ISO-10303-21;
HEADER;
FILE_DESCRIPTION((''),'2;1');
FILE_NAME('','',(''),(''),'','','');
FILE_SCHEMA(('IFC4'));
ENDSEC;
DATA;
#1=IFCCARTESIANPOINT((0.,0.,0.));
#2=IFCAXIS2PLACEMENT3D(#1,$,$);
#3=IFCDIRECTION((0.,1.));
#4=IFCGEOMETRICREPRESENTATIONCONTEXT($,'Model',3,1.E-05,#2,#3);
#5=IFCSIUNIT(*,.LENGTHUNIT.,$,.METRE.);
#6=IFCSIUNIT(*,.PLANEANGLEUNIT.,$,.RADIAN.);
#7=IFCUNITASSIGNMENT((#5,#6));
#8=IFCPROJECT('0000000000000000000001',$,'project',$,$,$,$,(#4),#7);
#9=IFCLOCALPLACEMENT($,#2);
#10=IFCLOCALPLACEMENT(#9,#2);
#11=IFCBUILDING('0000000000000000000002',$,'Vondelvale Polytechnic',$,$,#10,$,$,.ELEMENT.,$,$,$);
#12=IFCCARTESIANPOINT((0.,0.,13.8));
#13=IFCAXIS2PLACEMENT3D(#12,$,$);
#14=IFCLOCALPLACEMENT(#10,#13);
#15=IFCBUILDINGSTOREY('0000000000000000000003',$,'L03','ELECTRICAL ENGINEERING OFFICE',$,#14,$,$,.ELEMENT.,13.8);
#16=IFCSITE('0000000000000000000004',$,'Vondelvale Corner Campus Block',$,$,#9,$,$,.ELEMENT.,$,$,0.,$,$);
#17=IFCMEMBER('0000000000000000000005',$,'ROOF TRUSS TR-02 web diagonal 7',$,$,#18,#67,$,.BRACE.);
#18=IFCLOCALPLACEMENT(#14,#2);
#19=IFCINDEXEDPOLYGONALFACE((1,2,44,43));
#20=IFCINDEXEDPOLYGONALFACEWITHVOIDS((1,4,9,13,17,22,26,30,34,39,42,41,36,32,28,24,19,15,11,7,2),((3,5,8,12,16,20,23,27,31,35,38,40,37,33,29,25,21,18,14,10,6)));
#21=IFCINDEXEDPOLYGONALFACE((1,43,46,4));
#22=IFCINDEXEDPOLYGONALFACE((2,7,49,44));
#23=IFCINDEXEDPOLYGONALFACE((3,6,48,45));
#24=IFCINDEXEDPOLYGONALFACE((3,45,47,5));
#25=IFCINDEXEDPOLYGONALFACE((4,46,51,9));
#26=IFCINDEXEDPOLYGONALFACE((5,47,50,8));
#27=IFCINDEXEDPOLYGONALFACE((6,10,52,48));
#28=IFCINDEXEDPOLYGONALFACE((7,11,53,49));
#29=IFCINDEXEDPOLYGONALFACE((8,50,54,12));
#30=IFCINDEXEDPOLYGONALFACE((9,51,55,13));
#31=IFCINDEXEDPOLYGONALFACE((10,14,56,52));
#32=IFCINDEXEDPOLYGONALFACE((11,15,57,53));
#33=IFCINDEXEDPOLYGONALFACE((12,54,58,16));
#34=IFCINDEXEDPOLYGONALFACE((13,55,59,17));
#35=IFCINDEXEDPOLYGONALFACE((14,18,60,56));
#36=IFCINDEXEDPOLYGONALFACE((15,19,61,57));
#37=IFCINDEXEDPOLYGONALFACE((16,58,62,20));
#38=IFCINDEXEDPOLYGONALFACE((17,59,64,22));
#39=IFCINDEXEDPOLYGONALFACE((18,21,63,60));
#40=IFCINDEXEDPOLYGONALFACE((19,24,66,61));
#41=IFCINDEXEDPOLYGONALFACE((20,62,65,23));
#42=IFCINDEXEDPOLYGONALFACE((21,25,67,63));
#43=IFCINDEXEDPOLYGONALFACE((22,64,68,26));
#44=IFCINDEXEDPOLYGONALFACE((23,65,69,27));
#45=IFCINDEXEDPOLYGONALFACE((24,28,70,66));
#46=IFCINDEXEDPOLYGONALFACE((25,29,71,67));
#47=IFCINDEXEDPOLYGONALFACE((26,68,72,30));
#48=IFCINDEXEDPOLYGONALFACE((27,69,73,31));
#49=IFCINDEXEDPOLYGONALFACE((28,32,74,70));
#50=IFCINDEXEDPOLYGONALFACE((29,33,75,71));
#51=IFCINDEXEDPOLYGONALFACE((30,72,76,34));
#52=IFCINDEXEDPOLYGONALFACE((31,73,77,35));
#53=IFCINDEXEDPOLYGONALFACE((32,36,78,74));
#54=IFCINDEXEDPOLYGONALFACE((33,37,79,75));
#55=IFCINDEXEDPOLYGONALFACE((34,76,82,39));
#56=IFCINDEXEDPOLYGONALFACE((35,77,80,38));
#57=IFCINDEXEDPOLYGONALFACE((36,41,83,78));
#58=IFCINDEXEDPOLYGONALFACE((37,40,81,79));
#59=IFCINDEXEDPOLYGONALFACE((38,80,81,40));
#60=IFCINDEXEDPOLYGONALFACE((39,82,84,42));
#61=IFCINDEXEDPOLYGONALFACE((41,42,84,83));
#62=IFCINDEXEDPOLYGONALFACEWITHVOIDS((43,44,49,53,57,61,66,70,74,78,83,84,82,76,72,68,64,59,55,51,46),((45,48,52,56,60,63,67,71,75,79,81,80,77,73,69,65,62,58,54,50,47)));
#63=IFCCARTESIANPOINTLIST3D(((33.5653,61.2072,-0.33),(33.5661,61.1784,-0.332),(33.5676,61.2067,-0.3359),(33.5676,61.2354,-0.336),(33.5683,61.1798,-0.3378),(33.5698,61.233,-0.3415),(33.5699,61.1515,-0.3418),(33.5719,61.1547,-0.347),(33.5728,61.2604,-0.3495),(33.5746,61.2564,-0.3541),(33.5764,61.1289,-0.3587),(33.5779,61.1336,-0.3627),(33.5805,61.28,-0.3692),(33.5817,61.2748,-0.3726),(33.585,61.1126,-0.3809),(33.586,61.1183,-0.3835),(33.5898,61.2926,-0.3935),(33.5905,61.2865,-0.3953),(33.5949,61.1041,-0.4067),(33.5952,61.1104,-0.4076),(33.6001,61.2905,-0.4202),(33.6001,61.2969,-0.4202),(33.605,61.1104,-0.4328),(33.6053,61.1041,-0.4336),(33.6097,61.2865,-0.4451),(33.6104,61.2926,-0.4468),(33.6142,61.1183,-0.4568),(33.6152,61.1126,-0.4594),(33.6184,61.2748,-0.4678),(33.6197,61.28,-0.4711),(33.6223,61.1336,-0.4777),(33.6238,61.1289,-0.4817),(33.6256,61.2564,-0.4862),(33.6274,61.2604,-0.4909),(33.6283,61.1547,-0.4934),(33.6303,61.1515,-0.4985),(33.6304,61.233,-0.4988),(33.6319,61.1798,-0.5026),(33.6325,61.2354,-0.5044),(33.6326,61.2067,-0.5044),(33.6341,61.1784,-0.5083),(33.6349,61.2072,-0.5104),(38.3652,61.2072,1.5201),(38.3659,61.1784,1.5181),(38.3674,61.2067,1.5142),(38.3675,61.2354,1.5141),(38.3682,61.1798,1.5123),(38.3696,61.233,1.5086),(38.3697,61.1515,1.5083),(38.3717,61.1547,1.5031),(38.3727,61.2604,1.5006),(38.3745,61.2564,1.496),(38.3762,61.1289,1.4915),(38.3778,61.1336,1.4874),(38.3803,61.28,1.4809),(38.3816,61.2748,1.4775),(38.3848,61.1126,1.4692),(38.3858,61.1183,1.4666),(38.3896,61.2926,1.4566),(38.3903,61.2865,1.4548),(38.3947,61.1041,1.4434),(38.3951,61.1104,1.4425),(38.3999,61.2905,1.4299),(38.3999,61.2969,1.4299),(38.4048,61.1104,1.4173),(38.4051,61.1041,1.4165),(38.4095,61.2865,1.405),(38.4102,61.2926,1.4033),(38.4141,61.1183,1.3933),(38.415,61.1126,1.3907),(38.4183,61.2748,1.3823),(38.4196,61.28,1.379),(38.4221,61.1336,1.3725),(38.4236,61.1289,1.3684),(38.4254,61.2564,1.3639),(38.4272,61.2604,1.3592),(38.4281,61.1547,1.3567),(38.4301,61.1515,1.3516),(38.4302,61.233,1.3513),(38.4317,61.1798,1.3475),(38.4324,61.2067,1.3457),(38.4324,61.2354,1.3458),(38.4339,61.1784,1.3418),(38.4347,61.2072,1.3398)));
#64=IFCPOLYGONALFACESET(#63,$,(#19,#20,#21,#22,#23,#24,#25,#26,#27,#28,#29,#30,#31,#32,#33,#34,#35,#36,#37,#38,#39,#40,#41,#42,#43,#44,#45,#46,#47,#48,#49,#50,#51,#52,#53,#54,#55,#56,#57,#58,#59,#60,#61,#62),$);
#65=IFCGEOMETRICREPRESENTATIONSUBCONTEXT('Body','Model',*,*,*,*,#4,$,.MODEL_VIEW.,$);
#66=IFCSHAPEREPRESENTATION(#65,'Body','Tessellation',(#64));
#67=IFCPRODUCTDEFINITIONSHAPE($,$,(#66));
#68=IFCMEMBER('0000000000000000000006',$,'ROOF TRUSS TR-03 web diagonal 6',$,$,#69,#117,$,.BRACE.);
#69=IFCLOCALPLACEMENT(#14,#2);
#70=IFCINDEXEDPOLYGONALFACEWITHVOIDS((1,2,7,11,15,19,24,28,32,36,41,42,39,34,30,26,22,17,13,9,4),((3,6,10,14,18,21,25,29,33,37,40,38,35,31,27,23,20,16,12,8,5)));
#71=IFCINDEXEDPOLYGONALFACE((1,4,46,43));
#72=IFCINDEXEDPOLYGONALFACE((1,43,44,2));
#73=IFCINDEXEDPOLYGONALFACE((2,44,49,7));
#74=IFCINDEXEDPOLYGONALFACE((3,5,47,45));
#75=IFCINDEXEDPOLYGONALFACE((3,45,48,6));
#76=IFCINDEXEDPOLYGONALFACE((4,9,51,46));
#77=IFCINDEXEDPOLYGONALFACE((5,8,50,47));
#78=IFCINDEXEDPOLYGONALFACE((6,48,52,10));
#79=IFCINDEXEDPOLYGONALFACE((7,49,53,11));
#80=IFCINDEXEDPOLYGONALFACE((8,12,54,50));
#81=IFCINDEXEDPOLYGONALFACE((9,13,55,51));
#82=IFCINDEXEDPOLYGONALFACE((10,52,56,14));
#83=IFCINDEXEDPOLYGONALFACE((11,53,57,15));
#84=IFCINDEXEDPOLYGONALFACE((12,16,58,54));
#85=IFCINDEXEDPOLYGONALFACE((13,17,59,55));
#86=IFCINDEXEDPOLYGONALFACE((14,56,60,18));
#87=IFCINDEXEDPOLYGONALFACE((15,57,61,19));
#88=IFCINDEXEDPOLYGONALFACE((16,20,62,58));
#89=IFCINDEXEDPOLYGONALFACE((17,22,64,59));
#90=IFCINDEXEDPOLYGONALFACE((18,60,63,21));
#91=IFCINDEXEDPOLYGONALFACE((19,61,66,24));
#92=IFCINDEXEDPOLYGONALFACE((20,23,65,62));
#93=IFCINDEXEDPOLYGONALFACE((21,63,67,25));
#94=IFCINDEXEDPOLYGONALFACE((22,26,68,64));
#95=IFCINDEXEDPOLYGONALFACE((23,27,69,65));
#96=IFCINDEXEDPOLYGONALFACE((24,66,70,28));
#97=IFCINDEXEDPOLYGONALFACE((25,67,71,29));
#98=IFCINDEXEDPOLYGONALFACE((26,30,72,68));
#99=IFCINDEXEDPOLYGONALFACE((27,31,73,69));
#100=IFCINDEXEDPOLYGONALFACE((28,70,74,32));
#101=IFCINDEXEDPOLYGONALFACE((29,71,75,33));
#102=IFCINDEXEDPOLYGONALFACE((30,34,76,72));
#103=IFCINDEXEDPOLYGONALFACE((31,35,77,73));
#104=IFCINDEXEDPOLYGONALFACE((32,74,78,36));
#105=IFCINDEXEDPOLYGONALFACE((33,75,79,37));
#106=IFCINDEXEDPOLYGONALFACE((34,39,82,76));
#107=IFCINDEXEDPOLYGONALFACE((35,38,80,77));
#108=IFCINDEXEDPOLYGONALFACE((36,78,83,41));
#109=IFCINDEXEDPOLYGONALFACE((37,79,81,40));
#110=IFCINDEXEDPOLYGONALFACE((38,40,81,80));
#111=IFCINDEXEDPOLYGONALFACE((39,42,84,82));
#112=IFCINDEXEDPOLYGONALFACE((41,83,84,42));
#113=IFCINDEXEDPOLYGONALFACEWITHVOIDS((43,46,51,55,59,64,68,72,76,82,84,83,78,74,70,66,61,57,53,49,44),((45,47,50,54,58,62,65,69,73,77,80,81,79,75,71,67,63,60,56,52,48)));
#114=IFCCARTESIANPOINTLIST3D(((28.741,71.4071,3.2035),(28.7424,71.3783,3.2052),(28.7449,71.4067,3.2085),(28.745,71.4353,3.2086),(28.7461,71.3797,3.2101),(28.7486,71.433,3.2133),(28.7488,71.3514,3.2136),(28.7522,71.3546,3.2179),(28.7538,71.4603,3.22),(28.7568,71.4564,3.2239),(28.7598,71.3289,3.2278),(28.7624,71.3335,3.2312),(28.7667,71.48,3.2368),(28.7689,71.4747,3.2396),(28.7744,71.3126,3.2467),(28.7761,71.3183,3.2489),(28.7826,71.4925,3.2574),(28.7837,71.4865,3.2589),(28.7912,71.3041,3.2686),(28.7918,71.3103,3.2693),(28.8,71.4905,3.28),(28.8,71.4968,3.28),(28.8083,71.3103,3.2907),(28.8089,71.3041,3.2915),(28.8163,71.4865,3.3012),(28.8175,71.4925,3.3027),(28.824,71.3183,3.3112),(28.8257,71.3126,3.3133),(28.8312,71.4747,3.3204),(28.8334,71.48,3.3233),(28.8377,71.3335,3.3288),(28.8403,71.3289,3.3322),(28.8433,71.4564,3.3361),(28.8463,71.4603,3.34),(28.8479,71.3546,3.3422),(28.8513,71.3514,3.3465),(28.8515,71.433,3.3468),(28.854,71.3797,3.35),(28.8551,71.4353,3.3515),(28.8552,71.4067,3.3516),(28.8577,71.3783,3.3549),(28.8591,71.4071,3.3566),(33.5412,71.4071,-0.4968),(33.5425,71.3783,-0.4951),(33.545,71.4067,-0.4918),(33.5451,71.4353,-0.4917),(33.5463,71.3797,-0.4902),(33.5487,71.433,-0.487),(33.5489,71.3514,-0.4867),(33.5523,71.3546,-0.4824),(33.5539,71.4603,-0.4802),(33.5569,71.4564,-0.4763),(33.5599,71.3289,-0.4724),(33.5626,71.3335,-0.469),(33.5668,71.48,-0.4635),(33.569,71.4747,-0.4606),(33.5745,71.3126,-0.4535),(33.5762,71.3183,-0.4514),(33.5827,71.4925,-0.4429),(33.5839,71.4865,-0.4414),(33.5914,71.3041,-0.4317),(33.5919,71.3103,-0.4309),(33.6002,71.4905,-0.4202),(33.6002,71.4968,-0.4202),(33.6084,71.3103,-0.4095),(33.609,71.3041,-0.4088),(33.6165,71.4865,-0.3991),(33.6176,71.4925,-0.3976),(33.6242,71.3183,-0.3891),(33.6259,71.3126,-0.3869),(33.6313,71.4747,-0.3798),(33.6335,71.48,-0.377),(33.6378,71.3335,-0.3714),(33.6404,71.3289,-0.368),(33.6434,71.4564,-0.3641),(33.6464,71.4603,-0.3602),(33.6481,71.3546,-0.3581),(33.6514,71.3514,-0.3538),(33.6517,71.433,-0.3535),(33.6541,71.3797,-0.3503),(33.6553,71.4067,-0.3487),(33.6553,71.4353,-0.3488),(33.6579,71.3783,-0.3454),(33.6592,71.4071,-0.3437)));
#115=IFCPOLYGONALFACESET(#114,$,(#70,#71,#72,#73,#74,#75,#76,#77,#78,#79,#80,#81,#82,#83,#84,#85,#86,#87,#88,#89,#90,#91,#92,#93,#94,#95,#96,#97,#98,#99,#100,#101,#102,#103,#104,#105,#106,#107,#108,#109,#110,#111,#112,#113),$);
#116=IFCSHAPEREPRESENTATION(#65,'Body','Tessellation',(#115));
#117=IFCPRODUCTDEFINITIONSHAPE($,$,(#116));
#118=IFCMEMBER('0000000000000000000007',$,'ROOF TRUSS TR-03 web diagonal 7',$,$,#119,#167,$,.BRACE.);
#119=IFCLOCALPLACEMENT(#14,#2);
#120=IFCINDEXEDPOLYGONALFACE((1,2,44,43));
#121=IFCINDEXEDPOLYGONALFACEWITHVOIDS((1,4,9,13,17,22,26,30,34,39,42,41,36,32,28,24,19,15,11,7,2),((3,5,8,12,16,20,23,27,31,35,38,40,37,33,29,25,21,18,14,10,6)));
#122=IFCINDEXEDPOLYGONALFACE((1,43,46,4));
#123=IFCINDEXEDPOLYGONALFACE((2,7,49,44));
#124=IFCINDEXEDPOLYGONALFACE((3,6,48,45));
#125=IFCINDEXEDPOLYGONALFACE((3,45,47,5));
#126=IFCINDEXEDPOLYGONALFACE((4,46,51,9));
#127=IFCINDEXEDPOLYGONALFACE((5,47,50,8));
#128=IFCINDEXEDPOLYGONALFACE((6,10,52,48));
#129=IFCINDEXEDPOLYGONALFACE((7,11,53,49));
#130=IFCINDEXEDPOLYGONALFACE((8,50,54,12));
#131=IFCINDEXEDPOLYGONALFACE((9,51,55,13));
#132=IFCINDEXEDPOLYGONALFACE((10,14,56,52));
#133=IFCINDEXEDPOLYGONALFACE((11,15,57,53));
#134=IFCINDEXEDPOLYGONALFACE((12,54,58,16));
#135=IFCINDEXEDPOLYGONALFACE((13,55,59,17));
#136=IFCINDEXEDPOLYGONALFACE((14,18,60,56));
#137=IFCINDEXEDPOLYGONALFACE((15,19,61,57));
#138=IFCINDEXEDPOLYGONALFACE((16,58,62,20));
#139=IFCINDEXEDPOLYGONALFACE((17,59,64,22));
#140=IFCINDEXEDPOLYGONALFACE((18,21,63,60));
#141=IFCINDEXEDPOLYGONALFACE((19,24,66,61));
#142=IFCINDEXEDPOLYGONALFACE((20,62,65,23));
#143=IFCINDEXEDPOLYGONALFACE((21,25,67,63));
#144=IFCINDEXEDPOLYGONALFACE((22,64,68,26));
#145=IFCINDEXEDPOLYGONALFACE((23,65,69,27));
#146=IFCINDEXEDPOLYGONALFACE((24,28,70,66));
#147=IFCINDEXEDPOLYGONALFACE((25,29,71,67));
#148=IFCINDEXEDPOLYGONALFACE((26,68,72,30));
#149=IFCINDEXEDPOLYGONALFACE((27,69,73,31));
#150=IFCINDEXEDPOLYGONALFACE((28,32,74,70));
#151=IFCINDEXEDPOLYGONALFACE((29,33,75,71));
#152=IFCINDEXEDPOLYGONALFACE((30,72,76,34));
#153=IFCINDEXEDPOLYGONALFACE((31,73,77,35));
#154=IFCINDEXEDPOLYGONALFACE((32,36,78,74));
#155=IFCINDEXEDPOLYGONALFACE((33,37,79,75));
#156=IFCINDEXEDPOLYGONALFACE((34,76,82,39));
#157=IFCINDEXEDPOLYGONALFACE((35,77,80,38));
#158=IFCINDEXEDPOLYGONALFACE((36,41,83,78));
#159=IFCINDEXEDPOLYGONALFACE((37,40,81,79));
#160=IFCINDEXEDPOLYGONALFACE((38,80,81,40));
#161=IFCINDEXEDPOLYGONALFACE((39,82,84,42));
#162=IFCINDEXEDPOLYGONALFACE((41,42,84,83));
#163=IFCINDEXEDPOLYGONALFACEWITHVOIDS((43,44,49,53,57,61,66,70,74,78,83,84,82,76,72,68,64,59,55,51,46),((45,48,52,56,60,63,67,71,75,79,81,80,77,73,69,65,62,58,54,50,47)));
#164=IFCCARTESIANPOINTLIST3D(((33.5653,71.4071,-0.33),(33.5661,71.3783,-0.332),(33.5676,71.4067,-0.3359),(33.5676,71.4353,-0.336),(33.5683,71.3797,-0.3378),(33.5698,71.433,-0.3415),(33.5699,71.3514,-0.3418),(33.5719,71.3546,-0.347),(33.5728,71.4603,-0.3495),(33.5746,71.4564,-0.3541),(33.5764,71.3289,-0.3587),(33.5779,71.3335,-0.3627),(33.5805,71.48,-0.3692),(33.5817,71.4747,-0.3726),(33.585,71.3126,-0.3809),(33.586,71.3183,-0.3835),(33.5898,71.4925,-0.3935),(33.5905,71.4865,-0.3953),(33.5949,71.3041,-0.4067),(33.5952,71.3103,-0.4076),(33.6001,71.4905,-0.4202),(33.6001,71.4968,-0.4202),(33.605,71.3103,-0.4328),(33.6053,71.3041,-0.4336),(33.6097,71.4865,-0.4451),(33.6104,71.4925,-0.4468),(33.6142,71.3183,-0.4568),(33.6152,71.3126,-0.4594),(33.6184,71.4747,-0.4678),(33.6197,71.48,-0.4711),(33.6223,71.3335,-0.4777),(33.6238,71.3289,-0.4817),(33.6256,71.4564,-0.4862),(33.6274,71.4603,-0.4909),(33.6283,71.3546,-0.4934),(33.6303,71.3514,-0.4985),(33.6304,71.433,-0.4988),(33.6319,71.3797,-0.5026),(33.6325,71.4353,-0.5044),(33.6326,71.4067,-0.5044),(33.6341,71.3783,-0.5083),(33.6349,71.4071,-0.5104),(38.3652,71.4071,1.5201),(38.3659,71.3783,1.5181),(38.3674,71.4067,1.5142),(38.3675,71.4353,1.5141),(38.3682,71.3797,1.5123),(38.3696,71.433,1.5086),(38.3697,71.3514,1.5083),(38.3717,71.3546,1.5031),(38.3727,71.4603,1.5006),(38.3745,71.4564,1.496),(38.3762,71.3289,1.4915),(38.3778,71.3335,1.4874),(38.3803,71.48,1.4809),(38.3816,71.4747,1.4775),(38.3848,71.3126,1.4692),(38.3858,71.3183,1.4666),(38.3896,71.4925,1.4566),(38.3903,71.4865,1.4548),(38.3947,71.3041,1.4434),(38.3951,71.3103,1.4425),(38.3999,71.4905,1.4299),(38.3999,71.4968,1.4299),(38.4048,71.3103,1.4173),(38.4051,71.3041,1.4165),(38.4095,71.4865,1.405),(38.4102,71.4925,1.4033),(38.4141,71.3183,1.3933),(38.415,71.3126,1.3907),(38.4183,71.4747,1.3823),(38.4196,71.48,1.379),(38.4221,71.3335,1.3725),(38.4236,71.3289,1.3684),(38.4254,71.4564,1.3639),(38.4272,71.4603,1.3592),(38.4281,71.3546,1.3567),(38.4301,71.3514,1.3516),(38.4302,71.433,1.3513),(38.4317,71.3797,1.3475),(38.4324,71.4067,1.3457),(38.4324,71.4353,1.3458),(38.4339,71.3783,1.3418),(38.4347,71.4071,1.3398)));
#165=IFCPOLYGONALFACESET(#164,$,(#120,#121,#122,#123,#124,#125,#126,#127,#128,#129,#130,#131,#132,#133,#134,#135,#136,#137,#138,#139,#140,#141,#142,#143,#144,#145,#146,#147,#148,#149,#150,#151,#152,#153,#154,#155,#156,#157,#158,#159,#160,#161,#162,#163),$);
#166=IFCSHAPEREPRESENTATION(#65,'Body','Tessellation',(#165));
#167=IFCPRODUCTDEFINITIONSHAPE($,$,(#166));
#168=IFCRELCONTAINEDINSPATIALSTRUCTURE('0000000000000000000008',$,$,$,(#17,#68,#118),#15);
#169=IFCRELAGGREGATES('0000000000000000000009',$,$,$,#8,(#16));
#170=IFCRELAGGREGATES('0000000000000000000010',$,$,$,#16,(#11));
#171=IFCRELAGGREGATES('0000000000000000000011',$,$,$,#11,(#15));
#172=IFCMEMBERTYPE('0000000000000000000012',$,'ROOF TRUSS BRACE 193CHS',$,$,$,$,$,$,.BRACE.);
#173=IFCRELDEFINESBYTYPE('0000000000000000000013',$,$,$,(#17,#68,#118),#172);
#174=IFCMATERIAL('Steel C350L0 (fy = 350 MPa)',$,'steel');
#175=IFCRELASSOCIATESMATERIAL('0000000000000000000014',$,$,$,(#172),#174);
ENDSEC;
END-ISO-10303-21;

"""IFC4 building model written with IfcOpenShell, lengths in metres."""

from ifc_helpers import new_model, si_unit, direction, frame, origin, origin_2d, place, context, subcontext, project, spatial, hollow_circle, extrude, material, material_profile, profile_set, type_object, element, save


model = new_model("IFC4")

# Units and contexts
model_context = context("Model", 3, precision=1e-05, world=origin(), true_north=direction((0.0, 1.0)))
body_context = subcontext(model_context, "Body", "Model", "MODEL_VIEW")
ifc_project = project(units=[si_unit("LENGTHUNIT", "METRE"), si_unit("PLANEANGLEUNIT", "RADIAN")], contexts=[model_context])

# Site, building, storey
site_placement = place(None, origin())
site = spatial("IfcSite", under=ifc_project, at=site_placement, Name="Vondelvale Corner Campus Block", CompositionType="ELEMENT", RefElevation=0.0)
building_placement = place(site_placement, origin())
building = spatial("IfcBuilding", under=site, at=building_placement, Name="Vondelvale Polytechnic", CompositionType="ELEMENT")
storey_placement = place(building_placement, frame((0.0, 0.0, 13.8)))
storey = spatial("IfcBuildingStorey", under=building, at=storey_placement, Name="L03", Description="ELECTRICAL ENGINEERING OFFICE", CompositionType="ELEMENT", Elevation=13.8)

# Members
ifc_material_1 = material(Name="Steel C350L0 (fy = 350 MPa)", Category="steel")
ifc_material_profile_1 = material_profile(ifc_material_1, hollow_circle(Radius=0.0969, WallThickness=0.0063, at=origin_2d()), Name="193.7x6.4CHS")
ifc_profile_set_1 = profile_set([ifc_material_profile_1], Name="Steel C350L0 (fy = 350 MPa)")
member_type_1 = type_object("IfcMemberType", Name="ROOF TRUSS BRACE 193CHS", PredefinedType="BRACE", material=ifc_profile_set_1)
member_1_placement = place(storey_placement, frame((33.6001, 61.2, -0.4202), z_axis=(0.933084, 0.0, 0.35966), x_axis=(0.0, 1.0, 0.0)))
element("IfcMember", 1, at=member_1_placement, inside=storey, type_object=member_type_1, Name="ROOF TRUSS TR-02 web diagonal 7", PredefinedType="BRACE", context=body_context, shape_type="SweptSolid", body=[
    extrude(hollow_circle(Radius=0.0969, WallThickness=0.0063, at=origin_2d()), origin(), (0.0, 0.0, 1.0), 5.144),
])
member_2_placement = place(storey_placement, frame((28.8, 71.3999, 3.28), z_axis=(0.791998, 0.0, -0.610524), x_axis=(0.0, 1.0, 0.0)))
element("IfcMember", 2, at=member_2_placement, inside=storey, type_object=member_type_1, Name="ROOF TRUSS TR-03 web diagonal 6", PredefinedType="BRACE", context=body_context, shape_type="SweptSolid", body=[
    extrude(hollow_circle(Radius=0.0969, WallThickness=0.0063, at=origin_2d()), origin(), (0.0, 0.0, 1.0), 6.0608),
])
member_3_placement = place(storey_placement, frame((33.6001, 71.3999, -0.4202), z_axis=(0.933084, 0.0, 0.35966), x_axis=(0.0, 1.0, 0.0)))
element("IfcMember", 3, at=member_3_placement, inside=storey, type_object=member_type_1, Name="ROOF TRUSS TR-03 web diagonal 7", PredefinedType="BRACE", context=body_context, shape_type="SweptSolid", body=[
    extrude(hollow_circle(Radius=0.0969, WallThickness=0.0063, at=origin_2d()), origin(), (0.0, 0.0, 1.0), 5.144),
])

save(model, "model.ifc")
